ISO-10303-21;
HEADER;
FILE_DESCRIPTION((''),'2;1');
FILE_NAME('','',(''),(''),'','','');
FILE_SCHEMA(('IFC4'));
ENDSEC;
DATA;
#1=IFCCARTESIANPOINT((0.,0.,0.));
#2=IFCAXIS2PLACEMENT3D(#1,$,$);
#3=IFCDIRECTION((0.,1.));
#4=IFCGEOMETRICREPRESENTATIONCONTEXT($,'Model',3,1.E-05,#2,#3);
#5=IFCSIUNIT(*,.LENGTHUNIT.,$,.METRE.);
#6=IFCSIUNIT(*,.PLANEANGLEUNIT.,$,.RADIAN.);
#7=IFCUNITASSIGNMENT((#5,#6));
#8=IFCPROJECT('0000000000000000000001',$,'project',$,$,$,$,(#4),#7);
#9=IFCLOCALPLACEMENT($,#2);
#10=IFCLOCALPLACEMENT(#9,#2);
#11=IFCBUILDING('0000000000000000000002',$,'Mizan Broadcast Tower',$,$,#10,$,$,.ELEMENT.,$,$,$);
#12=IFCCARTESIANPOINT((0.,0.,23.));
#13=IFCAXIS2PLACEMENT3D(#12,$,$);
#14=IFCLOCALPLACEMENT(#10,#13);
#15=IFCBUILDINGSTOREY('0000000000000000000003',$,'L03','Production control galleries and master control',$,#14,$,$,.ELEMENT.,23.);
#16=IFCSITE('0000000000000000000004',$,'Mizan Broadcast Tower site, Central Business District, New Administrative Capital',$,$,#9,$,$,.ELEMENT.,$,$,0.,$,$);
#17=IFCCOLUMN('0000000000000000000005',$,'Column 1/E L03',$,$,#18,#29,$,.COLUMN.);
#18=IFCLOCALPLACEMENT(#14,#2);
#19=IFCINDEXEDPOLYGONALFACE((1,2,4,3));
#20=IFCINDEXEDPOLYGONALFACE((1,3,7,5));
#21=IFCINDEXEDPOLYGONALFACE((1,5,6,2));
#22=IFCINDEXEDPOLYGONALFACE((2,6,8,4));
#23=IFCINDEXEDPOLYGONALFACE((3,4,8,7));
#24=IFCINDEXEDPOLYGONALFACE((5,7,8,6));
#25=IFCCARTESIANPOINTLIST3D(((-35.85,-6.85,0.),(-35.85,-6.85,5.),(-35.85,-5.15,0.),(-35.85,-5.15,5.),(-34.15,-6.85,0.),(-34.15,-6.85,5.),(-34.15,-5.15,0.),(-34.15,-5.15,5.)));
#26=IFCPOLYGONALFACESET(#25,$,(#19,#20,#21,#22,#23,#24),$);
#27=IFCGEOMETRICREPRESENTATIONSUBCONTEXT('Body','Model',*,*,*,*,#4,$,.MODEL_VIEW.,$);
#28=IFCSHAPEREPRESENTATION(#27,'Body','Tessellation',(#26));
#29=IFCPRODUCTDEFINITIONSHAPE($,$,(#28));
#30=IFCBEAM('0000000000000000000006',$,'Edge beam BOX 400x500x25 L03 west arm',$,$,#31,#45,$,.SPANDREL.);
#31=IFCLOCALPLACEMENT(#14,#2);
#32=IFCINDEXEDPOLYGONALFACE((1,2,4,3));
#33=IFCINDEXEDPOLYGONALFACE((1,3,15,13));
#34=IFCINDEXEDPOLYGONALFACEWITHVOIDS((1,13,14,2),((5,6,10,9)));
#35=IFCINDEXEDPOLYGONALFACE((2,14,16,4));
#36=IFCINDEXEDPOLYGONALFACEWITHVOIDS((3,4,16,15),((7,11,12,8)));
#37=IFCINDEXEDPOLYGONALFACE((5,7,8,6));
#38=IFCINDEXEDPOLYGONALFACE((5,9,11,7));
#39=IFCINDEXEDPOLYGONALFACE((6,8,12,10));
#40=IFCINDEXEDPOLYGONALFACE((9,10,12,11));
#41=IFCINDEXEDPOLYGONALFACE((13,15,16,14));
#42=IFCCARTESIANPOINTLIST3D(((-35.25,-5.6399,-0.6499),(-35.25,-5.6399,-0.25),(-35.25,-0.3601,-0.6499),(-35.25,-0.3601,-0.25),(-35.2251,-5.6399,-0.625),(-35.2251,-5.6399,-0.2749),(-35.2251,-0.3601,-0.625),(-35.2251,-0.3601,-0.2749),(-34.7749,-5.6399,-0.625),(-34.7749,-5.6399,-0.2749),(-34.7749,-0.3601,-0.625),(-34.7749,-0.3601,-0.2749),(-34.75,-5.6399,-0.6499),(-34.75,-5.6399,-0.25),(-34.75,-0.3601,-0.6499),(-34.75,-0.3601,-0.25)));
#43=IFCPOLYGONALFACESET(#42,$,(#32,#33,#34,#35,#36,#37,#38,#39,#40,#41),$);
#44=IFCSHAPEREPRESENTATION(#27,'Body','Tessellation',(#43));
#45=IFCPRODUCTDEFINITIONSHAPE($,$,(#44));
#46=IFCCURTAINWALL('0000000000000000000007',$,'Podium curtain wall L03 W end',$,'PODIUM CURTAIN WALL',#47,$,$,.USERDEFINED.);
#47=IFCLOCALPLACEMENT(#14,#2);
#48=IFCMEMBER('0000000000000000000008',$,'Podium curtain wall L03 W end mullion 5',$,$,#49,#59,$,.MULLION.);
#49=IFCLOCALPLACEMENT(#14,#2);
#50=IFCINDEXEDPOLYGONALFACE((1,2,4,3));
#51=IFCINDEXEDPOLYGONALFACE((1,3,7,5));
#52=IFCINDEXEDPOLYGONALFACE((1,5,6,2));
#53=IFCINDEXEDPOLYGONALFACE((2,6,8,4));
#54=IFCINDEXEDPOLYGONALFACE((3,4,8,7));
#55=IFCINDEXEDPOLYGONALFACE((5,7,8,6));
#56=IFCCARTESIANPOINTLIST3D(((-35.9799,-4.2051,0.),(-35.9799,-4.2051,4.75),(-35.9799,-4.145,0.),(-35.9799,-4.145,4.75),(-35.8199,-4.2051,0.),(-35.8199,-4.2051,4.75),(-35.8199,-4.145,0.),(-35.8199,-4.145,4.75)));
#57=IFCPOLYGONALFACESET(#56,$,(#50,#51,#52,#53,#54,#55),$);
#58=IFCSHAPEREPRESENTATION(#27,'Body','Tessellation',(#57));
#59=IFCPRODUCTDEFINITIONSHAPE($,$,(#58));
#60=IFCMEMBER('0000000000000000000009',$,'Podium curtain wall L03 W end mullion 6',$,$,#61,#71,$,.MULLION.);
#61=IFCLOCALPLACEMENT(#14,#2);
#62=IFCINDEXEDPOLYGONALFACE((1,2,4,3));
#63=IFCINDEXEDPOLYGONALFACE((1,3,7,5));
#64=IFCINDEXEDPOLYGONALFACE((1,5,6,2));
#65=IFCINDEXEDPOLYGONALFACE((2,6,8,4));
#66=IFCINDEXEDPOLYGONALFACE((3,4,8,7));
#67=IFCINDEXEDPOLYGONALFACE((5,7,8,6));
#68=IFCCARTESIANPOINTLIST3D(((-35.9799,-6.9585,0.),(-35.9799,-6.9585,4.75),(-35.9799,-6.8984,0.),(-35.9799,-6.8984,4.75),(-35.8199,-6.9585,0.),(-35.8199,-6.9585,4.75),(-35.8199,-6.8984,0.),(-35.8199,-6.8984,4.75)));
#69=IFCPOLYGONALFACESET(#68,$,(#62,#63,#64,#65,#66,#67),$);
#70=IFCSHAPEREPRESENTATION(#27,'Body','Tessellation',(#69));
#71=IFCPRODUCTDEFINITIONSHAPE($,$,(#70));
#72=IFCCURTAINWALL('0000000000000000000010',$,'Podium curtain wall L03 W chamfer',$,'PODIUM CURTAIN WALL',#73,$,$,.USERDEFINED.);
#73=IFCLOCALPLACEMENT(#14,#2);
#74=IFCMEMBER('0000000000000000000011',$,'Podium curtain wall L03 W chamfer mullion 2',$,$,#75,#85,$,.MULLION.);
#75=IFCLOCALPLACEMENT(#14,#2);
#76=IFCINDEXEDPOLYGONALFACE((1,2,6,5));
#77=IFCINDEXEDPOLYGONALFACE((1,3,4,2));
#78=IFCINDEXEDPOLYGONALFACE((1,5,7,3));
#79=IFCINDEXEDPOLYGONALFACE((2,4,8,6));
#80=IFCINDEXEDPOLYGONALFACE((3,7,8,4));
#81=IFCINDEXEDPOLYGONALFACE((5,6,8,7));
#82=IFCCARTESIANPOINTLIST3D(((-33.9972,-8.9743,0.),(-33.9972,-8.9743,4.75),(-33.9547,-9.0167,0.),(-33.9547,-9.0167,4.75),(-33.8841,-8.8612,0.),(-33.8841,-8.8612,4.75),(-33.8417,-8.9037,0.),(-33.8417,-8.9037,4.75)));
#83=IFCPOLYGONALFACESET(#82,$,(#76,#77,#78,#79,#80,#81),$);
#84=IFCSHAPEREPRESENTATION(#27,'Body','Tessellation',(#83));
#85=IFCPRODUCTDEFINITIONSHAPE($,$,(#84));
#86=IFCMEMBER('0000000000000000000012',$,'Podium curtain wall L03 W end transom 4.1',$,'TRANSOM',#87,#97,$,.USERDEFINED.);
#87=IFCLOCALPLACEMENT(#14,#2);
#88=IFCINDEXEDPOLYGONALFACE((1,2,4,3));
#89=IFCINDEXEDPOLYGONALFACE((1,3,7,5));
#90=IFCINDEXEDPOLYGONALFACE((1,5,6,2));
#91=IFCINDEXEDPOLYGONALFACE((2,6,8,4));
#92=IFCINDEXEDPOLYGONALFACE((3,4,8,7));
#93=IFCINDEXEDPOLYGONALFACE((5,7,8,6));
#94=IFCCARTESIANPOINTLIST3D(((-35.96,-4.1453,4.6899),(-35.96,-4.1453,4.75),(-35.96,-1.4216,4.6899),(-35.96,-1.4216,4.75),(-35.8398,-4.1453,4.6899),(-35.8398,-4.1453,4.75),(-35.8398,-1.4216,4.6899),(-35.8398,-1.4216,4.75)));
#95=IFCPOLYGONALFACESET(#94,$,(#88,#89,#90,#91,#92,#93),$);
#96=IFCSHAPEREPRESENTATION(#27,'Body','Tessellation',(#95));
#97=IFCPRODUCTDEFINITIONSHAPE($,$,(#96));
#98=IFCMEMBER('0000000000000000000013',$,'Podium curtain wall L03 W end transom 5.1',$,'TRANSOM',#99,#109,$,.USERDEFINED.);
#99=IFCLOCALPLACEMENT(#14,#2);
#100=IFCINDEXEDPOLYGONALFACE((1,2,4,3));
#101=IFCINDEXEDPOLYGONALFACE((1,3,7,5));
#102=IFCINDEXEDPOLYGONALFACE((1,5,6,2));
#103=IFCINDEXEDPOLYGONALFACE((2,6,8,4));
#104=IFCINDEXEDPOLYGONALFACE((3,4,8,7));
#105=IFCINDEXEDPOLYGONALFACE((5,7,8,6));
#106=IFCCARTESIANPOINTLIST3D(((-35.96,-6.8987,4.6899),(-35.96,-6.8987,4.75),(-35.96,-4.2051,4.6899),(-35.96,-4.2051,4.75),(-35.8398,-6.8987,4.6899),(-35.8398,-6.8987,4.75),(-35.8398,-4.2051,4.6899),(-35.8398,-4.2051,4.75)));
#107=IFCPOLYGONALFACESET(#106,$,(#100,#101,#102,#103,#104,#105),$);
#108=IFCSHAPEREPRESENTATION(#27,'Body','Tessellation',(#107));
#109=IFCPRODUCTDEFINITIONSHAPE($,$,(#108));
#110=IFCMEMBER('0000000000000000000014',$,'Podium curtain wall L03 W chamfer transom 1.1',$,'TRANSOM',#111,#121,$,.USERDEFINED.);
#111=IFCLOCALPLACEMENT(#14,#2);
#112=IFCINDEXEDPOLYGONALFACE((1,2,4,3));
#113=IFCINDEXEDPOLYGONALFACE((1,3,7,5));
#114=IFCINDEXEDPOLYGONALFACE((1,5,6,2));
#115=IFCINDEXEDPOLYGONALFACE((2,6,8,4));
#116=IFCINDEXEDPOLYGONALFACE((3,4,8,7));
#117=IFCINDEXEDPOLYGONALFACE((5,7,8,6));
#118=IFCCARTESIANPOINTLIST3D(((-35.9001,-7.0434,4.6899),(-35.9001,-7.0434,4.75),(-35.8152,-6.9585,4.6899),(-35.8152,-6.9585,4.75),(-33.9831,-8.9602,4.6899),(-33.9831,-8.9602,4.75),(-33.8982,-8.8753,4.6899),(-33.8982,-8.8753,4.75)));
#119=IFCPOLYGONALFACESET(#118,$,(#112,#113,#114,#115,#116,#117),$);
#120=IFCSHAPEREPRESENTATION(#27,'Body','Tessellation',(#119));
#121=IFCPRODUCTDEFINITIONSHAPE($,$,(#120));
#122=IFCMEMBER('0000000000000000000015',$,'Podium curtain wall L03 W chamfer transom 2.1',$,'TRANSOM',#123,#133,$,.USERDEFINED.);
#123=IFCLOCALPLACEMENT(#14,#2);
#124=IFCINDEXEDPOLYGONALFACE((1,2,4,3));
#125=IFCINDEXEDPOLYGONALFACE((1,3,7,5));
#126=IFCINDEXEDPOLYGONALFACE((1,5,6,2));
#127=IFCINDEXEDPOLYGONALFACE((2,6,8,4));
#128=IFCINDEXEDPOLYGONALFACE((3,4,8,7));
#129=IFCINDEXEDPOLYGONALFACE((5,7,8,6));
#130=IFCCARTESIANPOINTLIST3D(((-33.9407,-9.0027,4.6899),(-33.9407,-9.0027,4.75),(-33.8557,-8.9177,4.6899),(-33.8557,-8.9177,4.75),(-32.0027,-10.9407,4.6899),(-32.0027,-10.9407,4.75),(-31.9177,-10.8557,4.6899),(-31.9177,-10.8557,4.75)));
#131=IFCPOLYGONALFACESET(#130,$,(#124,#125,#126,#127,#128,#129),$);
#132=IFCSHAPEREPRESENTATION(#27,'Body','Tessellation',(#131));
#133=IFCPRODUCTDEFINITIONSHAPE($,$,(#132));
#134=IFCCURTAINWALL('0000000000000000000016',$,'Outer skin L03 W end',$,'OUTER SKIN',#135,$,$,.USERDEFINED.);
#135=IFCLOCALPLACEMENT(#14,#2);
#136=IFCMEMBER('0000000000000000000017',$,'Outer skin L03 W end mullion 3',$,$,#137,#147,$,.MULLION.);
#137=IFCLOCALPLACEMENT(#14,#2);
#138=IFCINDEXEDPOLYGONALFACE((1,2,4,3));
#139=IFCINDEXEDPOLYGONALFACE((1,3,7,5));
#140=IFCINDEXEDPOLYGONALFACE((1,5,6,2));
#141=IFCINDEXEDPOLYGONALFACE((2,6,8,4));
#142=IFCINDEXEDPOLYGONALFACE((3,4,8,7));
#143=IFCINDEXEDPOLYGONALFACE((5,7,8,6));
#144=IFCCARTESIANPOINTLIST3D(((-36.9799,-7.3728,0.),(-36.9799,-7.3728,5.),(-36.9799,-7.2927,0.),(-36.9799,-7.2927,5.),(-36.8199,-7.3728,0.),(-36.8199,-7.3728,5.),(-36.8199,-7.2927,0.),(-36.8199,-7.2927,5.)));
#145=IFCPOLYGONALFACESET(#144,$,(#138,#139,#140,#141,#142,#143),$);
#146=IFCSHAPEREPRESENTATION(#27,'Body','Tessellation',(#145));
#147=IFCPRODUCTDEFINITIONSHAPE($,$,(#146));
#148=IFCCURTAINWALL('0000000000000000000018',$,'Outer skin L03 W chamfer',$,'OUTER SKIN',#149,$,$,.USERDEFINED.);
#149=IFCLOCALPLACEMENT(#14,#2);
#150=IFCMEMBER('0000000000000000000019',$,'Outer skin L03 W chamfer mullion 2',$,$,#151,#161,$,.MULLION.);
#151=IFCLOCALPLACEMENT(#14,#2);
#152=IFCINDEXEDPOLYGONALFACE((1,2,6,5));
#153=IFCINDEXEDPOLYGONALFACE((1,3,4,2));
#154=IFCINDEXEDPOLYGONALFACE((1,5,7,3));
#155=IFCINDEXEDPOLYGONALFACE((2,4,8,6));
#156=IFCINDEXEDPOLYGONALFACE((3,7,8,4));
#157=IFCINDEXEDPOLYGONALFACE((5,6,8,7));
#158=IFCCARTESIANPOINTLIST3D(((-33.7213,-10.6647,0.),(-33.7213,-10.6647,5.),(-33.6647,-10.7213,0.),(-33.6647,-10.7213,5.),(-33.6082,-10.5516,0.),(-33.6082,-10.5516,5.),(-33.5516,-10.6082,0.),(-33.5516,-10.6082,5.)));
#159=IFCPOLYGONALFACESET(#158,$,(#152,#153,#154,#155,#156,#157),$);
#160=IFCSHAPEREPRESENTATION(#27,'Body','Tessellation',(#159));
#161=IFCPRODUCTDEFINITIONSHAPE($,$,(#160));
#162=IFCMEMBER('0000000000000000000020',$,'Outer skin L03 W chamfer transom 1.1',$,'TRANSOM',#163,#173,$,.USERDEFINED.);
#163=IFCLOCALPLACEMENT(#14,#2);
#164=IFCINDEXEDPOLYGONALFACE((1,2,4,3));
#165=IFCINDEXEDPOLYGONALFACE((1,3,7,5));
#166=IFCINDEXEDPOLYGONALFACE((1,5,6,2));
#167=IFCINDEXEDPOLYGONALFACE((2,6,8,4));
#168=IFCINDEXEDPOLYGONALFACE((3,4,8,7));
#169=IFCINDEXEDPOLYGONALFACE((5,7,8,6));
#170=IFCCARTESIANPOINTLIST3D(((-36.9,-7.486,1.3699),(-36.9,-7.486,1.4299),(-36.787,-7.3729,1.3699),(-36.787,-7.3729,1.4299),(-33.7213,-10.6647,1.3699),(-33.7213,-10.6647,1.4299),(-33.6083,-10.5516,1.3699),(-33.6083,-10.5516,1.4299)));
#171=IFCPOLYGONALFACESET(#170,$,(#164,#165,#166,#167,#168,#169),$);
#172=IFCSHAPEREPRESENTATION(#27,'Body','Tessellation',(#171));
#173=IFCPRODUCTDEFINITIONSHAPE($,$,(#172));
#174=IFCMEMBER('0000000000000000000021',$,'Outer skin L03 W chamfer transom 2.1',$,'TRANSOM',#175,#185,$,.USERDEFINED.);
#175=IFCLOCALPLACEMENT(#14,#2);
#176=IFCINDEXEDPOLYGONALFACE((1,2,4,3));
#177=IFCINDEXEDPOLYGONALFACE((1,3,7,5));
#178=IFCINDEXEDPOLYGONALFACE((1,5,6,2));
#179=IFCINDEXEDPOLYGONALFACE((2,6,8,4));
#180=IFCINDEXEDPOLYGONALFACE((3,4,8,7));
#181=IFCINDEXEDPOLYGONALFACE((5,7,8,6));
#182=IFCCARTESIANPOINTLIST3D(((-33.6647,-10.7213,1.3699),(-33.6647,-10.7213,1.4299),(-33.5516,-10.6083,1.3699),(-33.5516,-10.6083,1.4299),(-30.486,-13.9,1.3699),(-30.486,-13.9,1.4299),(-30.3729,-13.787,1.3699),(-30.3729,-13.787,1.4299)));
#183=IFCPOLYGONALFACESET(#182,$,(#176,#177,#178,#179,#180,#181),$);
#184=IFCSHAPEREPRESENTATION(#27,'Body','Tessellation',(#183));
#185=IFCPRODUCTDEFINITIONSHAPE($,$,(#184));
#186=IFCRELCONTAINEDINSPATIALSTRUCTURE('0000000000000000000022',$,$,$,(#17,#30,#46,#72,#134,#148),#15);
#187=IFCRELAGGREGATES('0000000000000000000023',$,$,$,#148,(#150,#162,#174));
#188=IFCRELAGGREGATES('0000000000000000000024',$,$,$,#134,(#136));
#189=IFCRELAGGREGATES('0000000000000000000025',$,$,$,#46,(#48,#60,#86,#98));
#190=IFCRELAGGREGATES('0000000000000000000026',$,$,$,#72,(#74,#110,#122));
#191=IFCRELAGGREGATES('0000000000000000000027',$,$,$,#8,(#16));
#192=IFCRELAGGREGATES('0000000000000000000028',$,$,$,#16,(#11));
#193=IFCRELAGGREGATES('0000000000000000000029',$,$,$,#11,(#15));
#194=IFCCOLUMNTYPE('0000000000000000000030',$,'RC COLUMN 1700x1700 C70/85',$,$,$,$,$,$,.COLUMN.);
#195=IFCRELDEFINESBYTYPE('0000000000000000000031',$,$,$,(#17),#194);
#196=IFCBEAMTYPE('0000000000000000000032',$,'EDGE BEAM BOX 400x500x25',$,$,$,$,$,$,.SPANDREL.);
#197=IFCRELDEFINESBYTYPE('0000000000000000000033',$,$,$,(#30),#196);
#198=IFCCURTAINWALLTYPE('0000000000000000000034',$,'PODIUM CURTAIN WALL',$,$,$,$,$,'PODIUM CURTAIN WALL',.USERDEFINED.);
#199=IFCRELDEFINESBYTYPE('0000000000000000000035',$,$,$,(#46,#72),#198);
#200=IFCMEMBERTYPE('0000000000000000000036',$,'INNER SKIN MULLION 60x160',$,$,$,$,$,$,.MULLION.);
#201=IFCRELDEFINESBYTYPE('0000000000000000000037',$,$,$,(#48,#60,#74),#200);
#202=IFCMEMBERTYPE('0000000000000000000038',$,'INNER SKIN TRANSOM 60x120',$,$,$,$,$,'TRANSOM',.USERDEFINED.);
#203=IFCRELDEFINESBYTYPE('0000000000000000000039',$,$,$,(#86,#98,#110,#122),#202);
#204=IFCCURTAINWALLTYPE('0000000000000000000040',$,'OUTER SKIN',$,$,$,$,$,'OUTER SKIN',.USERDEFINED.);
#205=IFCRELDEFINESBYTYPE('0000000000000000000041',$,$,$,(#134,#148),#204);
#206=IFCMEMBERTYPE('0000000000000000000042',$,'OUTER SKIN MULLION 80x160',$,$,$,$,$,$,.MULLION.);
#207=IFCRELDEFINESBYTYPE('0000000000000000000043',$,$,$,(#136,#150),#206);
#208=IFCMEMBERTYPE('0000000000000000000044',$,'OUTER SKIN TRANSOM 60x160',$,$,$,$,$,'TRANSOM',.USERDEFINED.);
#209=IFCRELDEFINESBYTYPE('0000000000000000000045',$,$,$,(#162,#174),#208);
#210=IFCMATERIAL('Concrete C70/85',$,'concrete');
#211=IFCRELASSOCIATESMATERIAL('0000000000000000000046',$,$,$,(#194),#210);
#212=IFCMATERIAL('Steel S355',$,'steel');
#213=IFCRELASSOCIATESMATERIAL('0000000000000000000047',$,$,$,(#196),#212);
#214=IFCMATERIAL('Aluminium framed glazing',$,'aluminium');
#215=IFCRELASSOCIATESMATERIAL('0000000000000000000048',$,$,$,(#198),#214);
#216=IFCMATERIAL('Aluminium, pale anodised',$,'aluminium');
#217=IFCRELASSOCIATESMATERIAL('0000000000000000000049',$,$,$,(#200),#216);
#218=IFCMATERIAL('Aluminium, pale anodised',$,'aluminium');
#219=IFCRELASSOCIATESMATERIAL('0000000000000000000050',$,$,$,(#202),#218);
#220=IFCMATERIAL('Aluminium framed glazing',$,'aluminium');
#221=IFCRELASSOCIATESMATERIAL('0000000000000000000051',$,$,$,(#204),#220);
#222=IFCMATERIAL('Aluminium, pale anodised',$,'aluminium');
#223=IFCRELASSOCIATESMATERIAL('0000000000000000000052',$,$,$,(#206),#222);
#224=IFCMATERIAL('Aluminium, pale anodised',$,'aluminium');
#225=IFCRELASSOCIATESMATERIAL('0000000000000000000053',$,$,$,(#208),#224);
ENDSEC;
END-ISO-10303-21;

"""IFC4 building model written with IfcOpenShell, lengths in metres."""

from ifc_helpers import new_model, si_unit, direction, frame, origin, origin_2d, place, context, subcontext, project, spatial, rectangle, hollow_rectangle, extrude, material, material_profile, profile_set, type_object, element, aggregate, save


model = new_model("IFC4")

# Units and contexts
model_context = context("Model", 3, precision=1e-05, world=origin(), true_north=direction((0.0, 1.0)))
body_context = subcontext(model_context, "Body", "Model", "MODEL_VIEW")
ifc_project = project(units=[si_unit("LENGTHUNIT", "METRE"), si_unit("PLANEANGLEUNIT", "RADIAN")], contexts=[model_context])

# Site, building, storey
site_placement = place(None, origin())
site = spatial("IfcSite", under=ifc_project, at=site_placement, Name="Mizan Broadcast Tower site, Central Business District, New Administrative Capital", CompositionType="ELEMENT", RefElevation=0.0)
building_placement = place(site_placement, origin())
building = spatial("IfcBuilding", under=site, at=building_placement, Name="Mizan Broadcast Tower", CompositionType="ELEMENT")
storey_placement = place(building_placement, frame((0.0, 0.0, 23.0)))
storey = spatial("IfcBuildingStorey", under=building, at=storey_placement, Name="L03", Description="Production control galleries and master control", CompositionType="ELEMENT", Elevation=23.0)

# Column
ifc_material_1 = material(Name="Concrete C70/85", Category="concrete")
ifc_material_profile_1 = material_profile(ifc_material_1, rectangle(XDim=1.7, YDim=1.7, at=origin_2d()), Name="RC 1700x1700")
ifc_profile_set_1 = profile_set([ifc_material_profile_1], Name="Concrete C70/85")
column_type = type_object("IfcColumnType", Name="RC COLUMN 1700x1700 C70/85", PredefinedType="COLUMN", material=ifc_profile_set_1)
column_placement = place(storey_placement, frame((-35.0, -6.0, 0.0), z_axis=(0.0, 0.0, 1.0), x_axis=(1.0, 0.0, 0.0)))
element("IfcColumn", 1, at=column_placement, inside=storey, type_object=column_type, Name="Column 1/E L03", PredefinedType="COLUMN", context=body_context, shape_type="SweptSolid", body=[
    extrude(rectangle(XDim=1.7, YDim=1.7, at=origin_2d()), origin(), (0.0, 0.0, 1.0), 5.0),
])

# Beam
ifc_material_2 = material(Name="Steel S355", Category="steel")
ifc_material_profile_2 = material_profile(ifc_material_2, hollow_rectangle(XDim=0.5, YDim=0.3999, WallThickness=0.0249, at=origin_2d()), Name="BOX 400x500x25")
ifc_profile_set_2 = profile_set([ifc_material_profile_2], Name="Steel S355")
beam_type = type_object("IfcBeamType", Name="EDGE BEAM BOX 400x500x25", PredefinedType="SPANDREL", material=ifc_profile_set_2)
beam_placement = place(storey_placement, frame((-35.0, -5.6399, -0.45), z_axis=(0.0, 1.0, 0.0), x_axis=(-1.0, 0.0, 0.0)))
element("IfcBeam", 2, at=beam_placement, inside=storey, type_object=beam_type, Name="Edge beam BOX 400x500x25 L03 west arm", PredefinedType="SPANDREL", context=body_context, shape_type="SweptSolid", body=[
    extrude(hollow_rectangle(XDim=0.5, YDim=0.3999, WallThickness=0.0249, at=origin_2d()), origin(), (0.0, 0.0, 1.0), 5.2798),
])

# Curtain wall, members
ifc_material_3 = material(Name="Aluminium framed glazing", Category="aluminium")
curtain_wall_type_1 = type_object("IfcCurtainWallType", Name="PODIUM CURTAIN WALL", ElementType="PODIUM CURTAIN WALL", PredefinedType="USERDEFINED", material=ifc_material_3)
curtain_wall_1_placement = place(storey_placement, origin())
curtain_wall_1 = element("IfcCurtainWall", 3, at=curtain_wall_1_placement, inside=storey, type_object=curtain_wall_type_1, Name="Podium curtain wall L03 W end", ObjectType="PODIUM CURTAIN WALL", PredefinedType="USERDEFINED")
ifc_material_4 = material(Name="Aluminium, pale anodised", Category="aluminium")
ifc_material_profile_3 = material_profile(ifc_material_4, rectangle(XDim=0.1599, YDim=0.0601, at=origin_2d()), Name="MULLION 160x60")
ifc_profile_set_3 = profile_set([ifc_material_profile_3], Name="Aluminium, pale anodised")
member_type_1 = type_object("IfcMemberType", Name="INNER SKIN MULLION 60x160", PredefinedType="MULLION", material=ifc_profile_set_3)
member_1_placement = place(storey_placement, frame((-35.8999, -4.175, 0.0), z_axis=(0.0, 0.0, 1.0), x_axis=(1.0, 0.0, 0.0)))
member_1 = element("IfcMember", 4, at=member_1_placement, type_object=member_type_1, Name="Podium curtain wall L03 W end mullion 5", PredefinedType="MULLION", context=body_context, shape_type="SweptSolid", body=[
    extrude(rectangle(XDim=0.1599, YDim=0.0601, at=origin_2d()), origin(), (0.0, 0.0, 1.0), 4.75),
])
member_2_placement = place(storey_placement, frame((-35.8999, -6.9285, 0.0), z_axis=(0.0, 0.0, 1.0), x_axis=(1.0, 0.0, 0.0)))
member_2 = element("IfcMember", 5, at=member_2_placement, type_object=member_type_1, Name="Podium curtain wall L03 W end mullion 6", PredefinedType="MULLION", context=body_context, shape_type="SweptSolid", body=[
    extrude(rectangle(XDim=0.1599, YDim=0.0601, at=origin_2d()), origin(), (0.0, 0.0, 1.0), 4.75),
])

# Curtain wall, member
curtain_wall_2_placement = place(storey_placement, origin())
curtain_wall_2 = element("IfcCurtainWall", 6, at=curtain_wall_2_placement, inside=storey, type_object=curtain_wall_type_1, Name="Podium curtain wall L03 W chamfer", ObjectType="PODIUM CURTAIN WALL", PredefinedType="USERDEFINED")
member_3_placement = place(storey_placement, frame((-33.9194, -8.939, 0.0), z_axis=(0.0, 0.0, 1.0), x_axis=(0.707107, 0.707107, 0.0)))
member_3 = element("IfcMember", 7, at=member_3_placement, type_object=member_type_1, Name="Podium curtain wall L03 W chamfer mullion 2", PredefinedType="MULLION", context=body_context, shape_type="SweptSolid", body=[
    extrude(rectangle(XDim=0.1599, YDim=0.0601, at=origin_2d()), origin(), (0.0, 0.0, 1.0), 4.75),
])

# Members
ifc_material_5 = material(Name="Aluminium, pale anodised", Category="aluminium")
ifc_material_profile_4 = material_profile(ifc_material_5, rectangle(XDim=0.1201, YDim=0.0601, at=origin_2d()), Name="TRANSOM 120x60")
ifc_profile_set_4 = profile_set([ifc_material_profile_4], Name="Aluminium, pale anodised")
member_type_2 = type_object("IfcMemberType", Name="INNER SKIN TRANSOM 60x120", ElementType="TRANSOM", PredefinedType="USERDEFINED", material=ifc_profile_set_4)
member_4_placement = place(storey_placement, frame((-35.8999, -1.4216, 4.72), z_axis=(0.0, -1.0, 0.0), x_axis=(1.0, 0.0, 0.0)))
member_4 = element("IfcMember", 8, at=member_4_placement, type_object=member_type_2, Name="Podium curtain wall L03 W end transom 4.1", ObjectType="TRANSOM", PredefinedType="USERDEFINED", context=body_context, shape_type="SweptSolid", body=[
    extrude(rectangle(XDim=0.1201, YDim=0.0601, at=origin_2d()), origin(), (0.0, 0.0, 1.0), 2.7236),
])
member_5_placement = place(storey_placement, frame((-35.8999, -4.2051, 4.72), z_axis=(0.0, -1.0, 0.0), x_axis=(1.0, 0.0, 0.0)))
member_5 = element("IfcMember", 9, at=member_5_placement, type_object=member_type_2, Name="Podium curtain wall L03 W end transom 5.1", ObjectType="TRANSOM", PredefinedType="USERDEFINED", context=body_context, shape_type="SweptSolid", body=[
    extrude(rectangle(XDim=0.1201, YDim=0.0601, at=origin_2d()), origin(), (0.0, 0.0, 1.0), 2.6936),
])
member_6_placement = place(storey_placement, frame((-35.8577, -7.001, 4.72), z_axis=(0.707152, -0.707062, 0.0), x_axis=(0.707062, 0.707152, 0.0)))
member_6 = element("IfcMember", 10, at=member_6_placement, type_object=member_type_2, Name="Podium curtain wall L03 W chamfer transom 1.1", ObjectType="TRANSOM", PredefinedType="USERDEFINED", context=body_context, shape_type="SweptSolid", body=[
    extrude(rectangle(XDim=0.1201, YDim=0.0601, at=origin_2d()), origin(), (0.0, 0.0, 1.0), 2.7109),
])
member_7_placement = place(storey_placement, frame((-33.8982, -8.9602, 4.72), z_axis=(0.707107, -0.707107, 0.0), x_axis=(0.707107, 0.707107, 0.0)))
member_7 = element("IfcMember", 11, at=member_7_placement, type_object=member_type_2, Name="Podium curtain wall L03 W chamfer transom 2.1", ObjectType="TRANSOM", PredefinedType="USERDEFINED", context=body_context, shape_type="SweptSolid", body=[
    extrude(rectangle(XDim=0.1201, YDim=0.0601, at=origin_2d()), origin(), (0.0, 0.0, 1.0), 2.7407),
])

# Curtain wall, member
ifc_material_6 = material(Name="Aluminium framed glazing", Category="aluminium")
curtain_wall_type_2 = type_object("IfcCurtainWallType", Name="OUTER SKIN", ElementType="OUTER SKIN", PredefinedType="USERDEFINED", material=ifc_material_6)
curtain_wall_3_placement = place(storey_placement, origin())
curtain_wall_3 = element("IfcCurtainWall", 12, at=curtain_wall_3_placement, inside=storey, type_object=curtain_wall_type_2, Name="Outer skin L03 W end", ObjectType="OUTER SKIN", PredefinedType="USERDEFINED")
ifc_material_7 = material(Name="Aluminium, pale anodised", Category="aluminium")
ifc_material_profile_5 = material_profile(ifc_material_7, rectangle(XDim=0.1599, YDim=0.0801, at=origin_2d()), Name="MULLION 160x80")
ifc_profile_set_5 = profile_set([ifc_material_profile_5], Name="Aluminium, pale anodised")
member_type_3 = type_object("IfcMemberType", Name="OUTER SKIN MULLION 80x160", PredefinedType="MULLION", material=ifc_profile_set_5)
member_8_placement = place(storey_placement, frame((-36.8999, -7.3328, 0.0), z_axis=(0.0, 0.0, 1.0), x_axis=(1.0, 0.0, 0.0)))
member_8 = element("IfcMember", 13, at=member_8_placement, type_object=member_type_3, Name="Outer skin L03 W end mullion 3", PredefinedType="MULLION", context=body_context, shape_type="SweptSolid", body=[
    extrude(rectangle(XDim=0.1599, YDim=0.0801, at=origin_2d()), origin(), (0.0, 0.0, 1.0), 5.0),
])

# Curtain wall, members
curtain_wall_4_placement = place(storey_placement, origin())
curtain_wall_4 = element("IfcCurtainWall", 14, at=curtain_wall_4_placement, inside=storey, type_object=curtain_wall_type_2, Name="Outer skin L03 W chamfer", ObjectType="OUTER SKIN", PredefinedType="USERDEFINED")
member_9_placement = place(storey_placement, frame((-33.6365, -10.6365, 0.0), z_axis=(0.0, 0.0, 1.0), x_axis=(0.707107, 0.707107, 0.0)))
member_9 = element("IfcMember", 15, at=member_9_placement, type_object=member_type_3, Name="Outer skin L03 W chamfer mullion 2", PredefinedType="MULLION", context=body_context, shape_type="SweptSolid", body=[
    extrude(rectangle(XDim=0.1599, YDim=0.0801, at=origin_2d()), origin(), (0.0, 0.0, 1.0), 5.0),
])
ifc_material_8 = material(Name="Aluminium, pale anodised", Category="aluminium")
ifc_material_profile_6 = material_profile(ifc_material_8, rectangle(XDim=0.1599, YDim=0.0601, at=origin_2d()), Name="TRANSOM 160x60")
ifc_profile_set_6 = profile_set([ifc_material_profile_6], Name="Aluminium, pale anodised")
member_type_4 = type_object("IfcMemberType", Name="OUTER SKIN TRANSOM 60x160", ElementType="TRANSOM", PredefinedType="USERDEFINED", material=ifc_profile_set_6)
member_10_placement = place(storey_placement, frame((-36.8435, -7.4294, 1.3999), z_axis=(0.707107, -0.707107, 0.0), x_axis=(0.707107, 0.707107, 0.0)))
member_10 = element("IfcMember", 16, at=member_10_placement, type_object=member_type_4, Name="Outer skin L03 W chamfer transom 1.1", ObjectType="TRANSOM", PredefinedType="USERDEFINED", context=body_context, shape_type="SweptSolid", body=[
    extrude(rectangle(XDim=0.1599, YDim=0.0601, at=origin_2d()), origin(), (0.0, 0.0, 1.0), 4.4954),
])
member_11_placement = place(storey_placement, frame((-33.6082, -10.6648, 1.3999), z_axis=(0.707107, -0.707107, 0.0), x_axis=(0.707107, 0.707107, 0.0)))
member_11 = element("IfcMember", 17, at=member_11_placement, type_object=member_type_4, Name="Outer skin L03 W chamfer transom 2.1", ObjectType="TRANSOM", PredefinedType="USERDEFINED", context=body_context, shape_type="SweptSolid", body=[
    extrude(rectangle(XDim=0.1599, YDim=0.0601, at=origin_2d()), origin(), (0.0, 0.0, 1.0), 4.4954),
])
aggregate(curtain_wall_4, [member_9, member_10, member_11])

aggregate(curtain_wall_3, [member_8])
aggregate(curtain_wall_1, [member_1, member_2, member_4, member_5])
aggregate(curtain_wall_2, [member_3, member_6, member_7])

save(model, "model.ifc")
